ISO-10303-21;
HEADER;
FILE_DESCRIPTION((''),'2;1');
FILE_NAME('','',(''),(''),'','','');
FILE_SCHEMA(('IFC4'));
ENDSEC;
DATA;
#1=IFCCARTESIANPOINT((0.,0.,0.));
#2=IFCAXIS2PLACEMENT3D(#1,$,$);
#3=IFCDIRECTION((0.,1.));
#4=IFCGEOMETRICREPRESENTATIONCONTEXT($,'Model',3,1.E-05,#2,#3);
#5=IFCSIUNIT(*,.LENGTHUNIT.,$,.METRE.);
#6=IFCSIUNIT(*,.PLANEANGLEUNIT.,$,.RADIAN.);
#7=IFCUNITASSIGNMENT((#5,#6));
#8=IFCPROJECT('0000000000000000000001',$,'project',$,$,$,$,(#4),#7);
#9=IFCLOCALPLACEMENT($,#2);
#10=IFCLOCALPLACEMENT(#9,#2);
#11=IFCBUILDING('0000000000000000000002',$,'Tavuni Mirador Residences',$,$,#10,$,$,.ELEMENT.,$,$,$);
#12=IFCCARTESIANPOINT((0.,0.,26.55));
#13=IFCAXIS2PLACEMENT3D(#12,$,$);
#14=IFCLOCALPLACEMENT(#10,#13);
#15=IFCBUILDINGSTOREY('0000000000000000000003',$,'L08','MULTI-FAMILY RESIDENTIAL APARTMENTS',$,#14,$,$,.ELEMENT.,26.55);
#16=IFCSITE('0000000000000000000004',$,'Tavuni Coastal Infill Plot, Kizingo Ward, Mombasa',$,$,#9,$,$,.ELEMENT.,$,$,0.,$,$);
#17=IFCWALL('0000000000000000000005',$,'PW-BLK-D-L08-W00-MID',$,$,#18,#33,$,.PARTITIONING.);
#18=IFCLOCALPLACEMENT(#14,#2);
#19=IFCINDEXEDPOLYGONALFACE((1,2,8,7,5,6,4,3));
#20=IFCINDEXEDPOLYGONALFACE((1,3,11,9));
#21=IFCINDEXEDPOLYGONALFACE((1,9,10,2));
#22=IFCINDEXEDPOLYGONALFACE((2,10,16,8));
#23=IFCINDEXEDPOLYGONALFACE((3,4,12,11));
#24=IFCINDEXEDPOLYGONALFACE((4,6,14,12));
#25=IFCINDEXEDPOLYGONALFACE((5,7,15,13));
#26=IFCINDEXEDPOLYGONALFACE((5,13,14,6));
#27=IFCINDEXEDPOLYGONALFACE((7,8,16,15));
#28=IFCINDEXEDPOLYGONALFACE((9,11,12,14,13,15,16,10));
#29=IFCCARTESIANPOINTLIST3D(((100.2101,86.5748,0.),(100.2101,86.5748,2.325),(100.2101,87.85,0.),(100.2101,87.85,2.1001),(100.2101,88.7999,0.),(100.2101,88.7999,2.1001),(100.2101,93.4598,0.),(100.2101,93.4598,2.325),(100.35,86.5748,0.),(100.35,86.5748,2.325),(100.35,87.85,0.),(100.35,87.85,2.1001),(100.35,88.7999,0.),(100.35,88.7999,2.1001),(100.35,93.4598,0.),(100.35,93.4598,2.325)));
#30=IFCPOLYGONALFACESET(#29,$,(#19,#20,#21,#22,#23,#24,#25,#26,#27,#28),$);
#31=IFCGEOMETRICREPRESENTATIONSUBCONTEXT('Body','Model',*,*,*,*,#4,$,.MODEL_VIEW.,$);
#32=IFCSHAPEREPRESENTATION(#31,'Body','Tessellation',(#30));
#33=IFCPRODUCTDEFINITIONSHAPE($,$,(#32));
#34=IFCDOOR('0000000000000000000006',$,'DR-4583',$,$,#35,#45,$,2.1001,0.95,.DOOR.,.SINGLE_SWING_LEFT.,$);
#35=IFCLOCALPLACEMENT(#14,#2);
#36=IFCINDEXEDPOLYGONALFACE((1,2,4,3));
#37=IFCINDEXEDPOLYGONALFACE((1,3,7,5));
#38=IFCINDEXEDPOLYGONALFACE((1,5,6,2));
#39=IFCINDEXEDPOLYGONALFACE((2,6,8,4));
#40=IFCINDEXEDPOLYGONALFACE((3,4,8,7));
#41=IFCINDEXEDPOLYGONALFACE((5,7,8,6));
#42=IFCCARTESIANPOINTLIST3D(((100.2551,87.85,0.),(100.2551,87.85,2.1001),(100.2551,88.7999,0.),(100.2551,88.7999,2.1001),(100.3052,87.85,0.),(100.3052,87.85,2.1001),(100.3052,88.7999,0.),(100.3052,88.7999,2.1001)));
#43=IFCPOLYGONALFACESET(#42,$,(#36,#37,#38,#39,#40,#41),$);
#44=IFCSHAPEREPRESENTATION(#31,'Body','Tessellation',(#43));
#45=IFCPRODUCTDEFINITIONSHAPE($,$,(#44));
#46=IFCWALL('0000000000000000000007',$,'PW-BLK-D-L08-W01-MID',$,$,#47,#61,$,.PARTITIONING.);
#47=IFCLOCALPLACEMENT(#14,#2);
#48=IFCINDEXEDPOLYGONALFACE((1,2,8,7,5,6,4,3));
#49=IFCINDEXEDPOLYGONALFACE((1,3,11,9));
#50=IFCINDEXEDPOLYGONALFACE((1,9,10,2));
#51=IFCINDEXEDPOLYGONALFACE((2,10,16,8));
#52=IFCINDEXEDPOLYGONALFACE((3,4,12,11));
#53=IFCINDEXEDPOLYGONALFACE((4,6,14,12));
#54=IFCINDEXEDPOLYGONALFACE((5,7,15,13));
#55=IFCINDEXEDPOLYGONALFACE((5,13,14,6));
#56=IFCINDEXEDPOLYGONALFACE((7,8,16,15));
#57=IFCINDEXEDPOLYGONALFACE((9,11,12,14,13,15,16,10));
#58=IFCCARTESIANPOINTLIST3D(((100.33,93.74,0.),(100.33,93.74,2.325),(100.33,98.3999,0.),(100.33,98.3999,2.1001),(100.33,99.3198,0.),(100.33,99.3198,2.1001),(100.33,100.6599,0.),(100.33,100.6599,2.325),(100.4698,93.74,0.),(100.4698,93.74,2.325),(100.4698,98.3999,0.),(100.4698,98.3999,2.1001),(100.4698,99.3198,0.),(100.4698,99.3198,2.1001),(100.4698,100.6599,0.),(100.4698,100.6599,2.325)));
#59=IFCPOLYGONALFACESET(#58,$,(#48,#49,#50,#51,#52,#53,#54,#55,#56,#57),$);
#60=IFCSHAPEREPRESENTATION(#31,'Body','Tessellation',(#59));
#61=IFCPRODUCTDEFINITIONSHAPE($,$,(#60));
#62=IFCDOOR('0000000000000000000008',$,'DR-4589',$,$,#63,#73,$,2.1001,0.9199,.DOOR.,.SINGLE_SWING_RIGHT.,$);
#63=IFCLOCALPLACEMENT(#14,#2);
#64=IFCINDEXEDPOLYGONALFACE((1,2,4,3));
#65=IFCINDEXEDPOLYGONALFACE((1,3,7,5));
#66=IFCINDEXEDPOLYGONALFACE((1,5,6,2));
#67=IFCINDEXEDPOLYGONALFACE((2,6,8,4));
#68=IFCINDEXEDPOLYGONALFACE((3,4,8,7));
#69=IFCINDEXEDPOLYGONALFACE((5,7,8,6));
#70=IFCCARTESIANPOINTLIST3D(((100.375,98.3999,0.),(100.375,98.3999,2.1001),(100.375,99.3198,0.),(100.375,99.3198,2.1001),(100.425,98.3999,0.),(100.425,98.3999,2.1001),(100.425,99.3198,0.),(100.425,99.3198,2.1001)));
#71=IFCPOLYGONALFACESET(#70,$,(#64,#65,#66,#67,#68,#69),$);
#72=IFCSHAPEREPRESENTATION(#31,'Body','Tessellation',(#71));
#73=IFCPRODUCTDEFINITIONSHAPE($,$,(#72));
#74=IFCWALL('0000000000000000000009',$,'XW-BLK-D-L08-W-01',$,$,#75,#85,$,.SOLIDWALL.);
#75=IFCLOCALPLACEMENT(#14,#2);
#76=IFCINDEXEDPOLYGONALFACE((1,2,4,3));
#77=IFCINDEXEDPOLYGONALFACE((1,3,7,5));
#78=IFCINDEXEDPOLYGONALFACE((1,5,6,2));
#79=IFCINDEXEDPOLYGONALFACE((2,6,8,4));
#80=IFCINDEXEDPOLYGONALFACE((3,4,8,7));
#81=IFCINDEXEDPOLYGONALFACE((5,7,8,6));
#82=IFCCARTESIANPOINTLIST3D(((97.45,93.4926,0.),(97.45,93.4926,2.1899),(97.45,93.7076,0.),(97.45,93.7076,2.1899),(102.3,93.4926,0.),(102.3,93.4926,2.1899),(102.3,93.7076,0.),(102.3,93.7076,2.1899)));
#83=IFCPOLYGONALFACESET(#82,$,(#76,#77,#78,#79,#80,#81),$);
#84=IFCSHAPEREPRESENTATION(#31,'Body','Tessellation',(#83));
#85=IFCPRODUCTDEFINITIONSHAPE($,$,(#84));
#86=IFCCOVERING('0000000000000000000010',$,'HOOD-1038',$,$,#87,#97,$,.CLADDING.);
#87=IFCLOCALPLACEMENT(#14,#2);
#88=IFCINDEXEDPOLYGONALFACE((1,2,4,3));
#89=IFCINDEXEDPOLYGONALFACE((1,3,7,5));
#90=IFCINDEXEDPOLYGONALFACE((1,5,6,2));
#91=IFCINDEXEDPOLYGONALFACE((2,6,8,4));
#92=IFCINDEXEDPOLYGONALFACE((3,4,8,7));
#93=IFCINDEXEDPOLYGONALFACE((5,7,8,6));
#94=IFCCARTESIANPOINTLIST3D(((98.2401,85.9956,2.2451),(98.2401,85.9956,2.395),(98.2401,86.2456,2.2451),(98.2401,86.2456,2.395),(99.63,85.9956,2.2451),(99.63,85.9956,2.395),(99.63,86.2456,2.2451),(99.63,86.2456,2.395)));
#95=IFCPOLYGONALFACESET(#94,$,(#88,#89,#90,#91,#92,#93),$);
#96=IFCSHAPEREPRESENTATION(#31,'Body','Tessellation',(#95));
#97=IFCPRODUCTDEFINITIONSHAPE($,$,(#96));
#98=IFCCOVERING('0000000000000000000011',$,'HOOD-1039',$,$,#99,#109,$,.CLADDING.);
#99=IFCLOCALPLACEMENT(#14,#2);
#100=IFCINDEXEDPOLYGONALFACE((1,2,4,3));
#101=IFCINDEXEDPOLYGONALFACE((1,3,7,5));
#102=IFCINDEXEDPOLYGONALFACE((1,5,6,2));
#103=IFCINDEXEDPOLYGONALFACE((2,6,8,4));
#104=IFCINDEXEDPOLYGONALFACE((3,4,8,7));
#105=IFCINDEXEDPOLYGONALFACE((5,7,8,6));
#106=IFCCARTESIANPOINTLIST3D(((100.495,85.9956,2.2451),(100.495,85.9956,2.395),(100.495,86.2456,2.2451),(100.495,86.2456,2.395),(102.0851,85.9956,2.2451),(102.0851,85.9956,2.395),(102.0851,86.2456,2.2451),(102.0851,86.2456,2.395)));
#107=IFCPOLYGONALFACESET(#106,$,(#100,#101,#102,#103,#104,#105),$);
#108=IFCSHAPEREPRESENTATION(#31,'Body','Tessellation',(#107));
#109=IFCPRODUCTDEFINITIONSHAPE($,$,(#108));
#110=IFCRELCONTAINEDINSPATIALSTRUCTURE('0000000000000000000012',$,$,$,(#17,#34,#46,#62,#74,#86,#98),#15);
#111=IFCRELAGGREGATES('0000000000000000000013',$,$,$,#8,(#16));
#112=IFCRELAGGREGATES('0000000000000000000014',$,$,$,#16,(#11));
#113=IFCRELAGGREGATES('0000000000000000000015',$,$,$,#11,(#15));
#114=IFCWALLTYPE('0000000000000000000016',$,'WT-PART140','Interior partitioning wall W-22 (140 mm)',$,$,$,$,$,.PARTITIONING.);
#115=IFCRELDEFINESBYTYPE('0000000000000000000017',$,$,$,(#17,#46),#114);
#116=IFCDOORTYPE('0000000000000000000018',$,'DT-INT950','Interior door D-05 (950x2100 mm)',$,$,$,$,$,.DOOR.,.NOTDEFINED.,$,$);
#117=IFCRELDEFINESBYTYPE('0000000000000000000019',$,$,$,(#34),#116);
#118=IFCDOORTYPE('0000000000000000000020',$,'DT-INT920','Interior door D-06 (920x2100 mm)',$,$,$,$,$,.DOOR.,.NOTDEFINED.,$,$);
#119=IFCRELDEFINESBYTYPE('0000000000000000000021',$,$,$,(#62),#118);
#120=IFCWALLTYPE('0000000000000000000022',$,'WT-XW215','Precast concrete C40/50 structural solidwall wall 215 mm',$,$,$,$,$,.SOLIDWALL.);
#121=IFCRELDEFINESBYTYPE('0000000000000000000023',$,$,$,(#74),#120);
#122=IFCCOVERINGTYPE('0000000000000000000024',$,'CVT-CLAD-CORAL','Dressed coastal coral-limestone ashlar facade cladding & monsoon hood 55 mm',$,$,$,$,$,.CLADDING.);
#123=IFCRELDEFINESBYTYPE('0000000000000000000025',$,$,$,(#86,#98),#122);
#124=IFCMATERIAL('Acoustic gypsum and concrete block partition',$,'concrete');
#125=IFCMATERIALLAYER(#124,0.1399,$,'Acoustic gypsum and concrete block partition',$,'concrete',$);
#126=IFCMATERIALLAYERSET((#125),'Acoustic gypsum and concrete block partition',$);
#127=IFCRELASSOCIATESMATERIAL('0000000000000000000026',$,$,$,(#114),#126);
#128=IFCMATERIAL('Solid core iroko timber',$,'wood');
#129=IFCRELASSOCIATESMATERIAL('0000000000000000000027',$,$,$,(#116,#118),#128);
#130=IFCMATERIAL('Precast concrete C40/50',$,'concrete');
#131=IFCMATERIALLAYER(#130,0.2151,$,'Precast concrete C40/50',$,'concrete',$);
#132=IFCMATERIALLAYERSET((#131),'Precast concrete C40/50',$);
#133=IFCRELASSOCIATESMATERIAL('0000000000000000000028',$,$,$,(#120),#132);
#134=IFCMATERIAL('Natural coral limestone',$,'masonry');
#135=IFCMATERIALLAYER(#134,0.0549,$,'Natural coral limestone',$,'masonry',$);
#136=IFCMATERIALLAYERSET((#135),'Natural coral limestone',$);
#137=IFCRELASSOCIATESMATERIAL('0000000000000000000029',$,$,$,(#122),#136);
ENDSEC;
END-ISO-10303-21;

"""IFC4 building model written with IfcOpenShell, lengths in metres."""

from ifc_helpers import new_model, si_unit, direction, frame, frame_2d, origin, origin_2d, place, context, subcontext, project, spatial, rectangle, extrude, material, layer, layer_set, type_object, element, fill, save


model = new_model("IFC4")

# Units and contexts
model_context = context("Model", 3, precision=1e-05, world=origin(), true_north=direction((0.0, 1.0)))
body_context = subcontext(model_context, "Body", "Model", "MODEL_VIEW")
ifc_project = project(units=[si_unit("LENGTHUNIT", "METRE"), si_unit("PLANEANGLEUNIT", "RADIAN")], contexts=[model_context])

# Site, building, storey
site_placement = place(None, origin())
site = spatial("IfcSite", under=ifc_project, at=site_placement, Name="Tavuni Coastal Infill Plot, Kizingo Ward, Mombasa", CompositionType="ELEMENT", RefElevation=0.0)
building_placement = place(site_placement, origin())
building = spatial("IfcBuilding", under=site, at=building_placement, Name="Tavuni Mirador Residences", CompositionType="ELEMENT")
storey_placement = place(building_placement, frame((0.0, 0.0, 26.55)))
storey = spatial("IfcBuildingStorey", under=building, at=storey_placement, Name="L08", Description="MULTI-FAMILY RESIDENTIAL APARTMENTS", CompositionType="ELEMENT", Elevation=26.55)

# Shared definitions
ifc_material_1 = material(Name="Precast concrete C40/50", Category="concrete")

# Shared definitions
ifc_material_2 = material(Name="Solid core iroko timber", Category="wood")

# Walls, openings, doors
ifc_material_3 = material(Name="Acoustic gypsum and concrete block partition", Category="concrete")
ifc_layer_1 = layer(ifc_material_3, 0.1399, Name="Acoustic gypsum and concrete block partition", Category="concrete")
ifc_layer_set_1 = layer_set([ifc_layer_1], Name="Acoustic gypsum and concrete block partition")
wall_type_1 = type_object("IfcWallType", Name="WT-PART140", Description="Interior partitioning wall W-22 (140 mm)", PredefinedType="PARTITIONING", material=ifc_layer_set_1)
wall_1_placement = place(storey_placement, frame((100.28, 86.575, 0.0), z_axis=(0.0, 0.0, 1.0), x_axis=(0.0, 1.0, 0.0)))
wall_1 = element("IfcWall", 1, at=wall_1_placement, inside=storey, type_object=wall_type_1, Name="PW-BLK-D-L08-W00-MID", PredefinedType="PARTITIONING", context=body_context, shape_type="SweptSolid", body=[
    extrude(rectangle(XDim=6.885, YDim=0.1399, at=frame_2d((3.4424, 0.0))), origin(), (0.0, 0.0, 1.0), 2.325),
])
opening_1_placement = place(wall_1_placement, frame((1.2749, 0.0, 0.0)))
opening_1 = element("IfcOpeningElement", 2, at=opening_1_placement, cuts=wall_1, PredefinedType="OPENING", context=body_context, shape_type="SweptSolid", body=[
    extrude(rectangle(XDim=0.95, YDim=2.1001, at=frame_2d((0.4751, 1.05))), frame((0.0, 0.0801, 0.0), z_axis=(0.0, -1.0, 0.0), x_axis=(1.0, 0.0, 0.0)), (0.0, 0.0, 1.0), 0.1599),
])
door_type_1 = type_object("IfcDoorType", Name="DT-INT950", Description="Interior door D-05 (950x2100 mm)", OperationType="NOTDEFINED", PredefinedType="DOOR", material=ifc_material_2)
door_1_placement = place(opening_1_placement, origin())
door_1 = element("IfcDoor", 3, at=door_1_placement, inside=storey, type_object=door_type_1, Name="DR-4583", OperationType="SINGLE_SWING_LEFT", OverallHeight=2.1001, OverallWidth=0.95, PredefinedType="DOOR", context=body_context, shape_type="SweptSolid", body=[
    extrude(rectangle(XDim=0.95, YDim=2.1001, at=frame_2d((0.4751, 1.05))), frame((0.0, 0.0249, 0.0), z_axis=(0.0, -1.0, 0.0), x_axis=(1.0, 0.0, 0.0)), (0.0, 0.0, 1.0), 0.05),
])
fill(opening_1, door_1)
wall_2_placement = place(storey_placement, frame((100.3999, 93.74, 0.0), z_axis=(0.0, 0.0, 1.0), x_axis=(0.0, 1.0, 0.0)))
wall_2 = element("IfcWall", 4, at=wall_2_placement, inside=storey, type_object=wall_type_1, Name="PW-BLK-D-L08-W01-MID", PredefinedType="PARTITIONING", context=body_context, shape_type="SweptSolid", body=[
    extrude(rectangle(XDim=6.9199, YDim=0.1399, at=frame_2d((3.46, 0.0))), origin(), (0.0, 0.0, 1.0), 2.325),
])
opening_2_placement = place(wall_2_placement, frame((4.6599, 0.0, 0.0)))
opening_2 = element("IfcOpeningElement", 5, at=opening_2_placement, cuts=wall_2, PredefinedType="OPENING", context=body_context, shape_type="SweptSolid", body=[
    extrude(rectangle(XDim=0.9199, YDim=2.1001, at=frame_2d((0.46, 1.05))), frame((0.0, 0.0801, 0.0), z_axis=(0.0, -1.0, 0.0), x_axis=(1.0, 0.0, 0.0)), (0.0, 0.0, 1.0), 0.1599),
])
door_type_2 = type_object("IfcDoorType", Name="DT-INT920", Description="Interior door D-06 (920x2100 mm)", OperationType="NOTDEFINED", PredefinedType="DOOR", material=ifc_material_2)
door_2_placement = place(opening_2_placement, origin())
door_2 = element("IfcDoor", 6, at=door_2_placement, inside=storey, type_object=door_type_2, Name="DR-4589", OperationType="SINGLE_SWING_RIGHT", OverallHeight=2.1001, OverallWidth=0.9199, PredefinedType="DOOR", context=body_context, shape_type="SweptSolid", body=[
    extrude(rectangle(XDim=0.9199, YDim=2.1001, at=frame_2d((0.46, 1.05))), frame((0.0, 0.0249, 0.0), z_axis=(0.0, -1.0, 0.0), x_axis=(1.0, 0.0, 0.0)), (0.0, 0.0, 1.0), 0.05),
])
fill(opening_2, door_2)

# Wall
ifc_layer_2 = layer(ifc_material_1, 0.2151, Name="Precast concrete C40/50", Category="concrete")
ifc_layer_set_2 = layer_set([ifc_layer_2], Name="Precast concrete C40/50")
wall_type_2 = type_object("IfcWallType", Name="WT-XW215", Description="Precast concrete C40/50 structural solidwall wall 215 mm", PredefinedType="SOLIDWALL", material=ifc_layer_set_2)
wall_3_placement = place(storey_placement, frame((97.45, 93.6001, 0.0), z_axis=(0.0, 0.0, 1.0), x_axis=(1.0, 0.0, 0.0)))
element("IfcWall", 7, at=wall_3_placement, inside=storey, type_object=wall_type_2, Name="XW-BLK-D-L08-W-01", PredefinedType="SOLIDWALL", context=body_context, shape_type="SweptSolid", body=[
    extrude(rectangle(XDim=4.8501, YDim=0.2151, at=frame_2d((2.425, 0.0))), origin(), (0.0, 0.0, 1.0), 2.1899),
])

# Coverings
ifc_material_4 = material(Name="Natural coral limestone", Category="masonry")
ifc_layer_3 = layer(ifc_material_4, 0.0549, Name="Natural coral limestone", Category="masonry")
ifc_layer_set_3 = layer_set([ifc_layer_3], Name="Natural coral limestone")
covering_type = type_object("IfcCoveringType", Name="CVT-CLAD-CORAL", Description="Dressed coastal coral-limestone ashlar facade cladding & monsoon hood 55 mm", PredefinedType="CLADDING", material=ifc_layer_set_3)
covering_1_placement = place(storey_placement, frame((98.9351, 86.1206, 2.2451), z_axis=(0.0, 0.0, 1.0), x_axis=(1.0, 0.0, 0.0)))
element("IfcCovering", 8, at=covering_1_placement, inside=storey, type_object=covering_type, Name="HOOD-1038", PredefinedType="CLADDING", context=body_context, shape_type="SweptSolid", body=[
    extrude(rectangle(XDim=1.3899, YDim=0.25, at=origin_2d()), origin(), (0.0, 0.0, 1.0), 0.1499),
])
covering_2_placement = place(storey_placement, frame((101.29, 86.1206, 2.2451), z_axis=(0.0, 0.0, 1.0), x_axis=(1.0, 0.0, 0.0)))
element("IfcCovering", 9, at=covering_2_placement, inside=storey, type_object=covering_type, Name="HOOD-1039", PredefinedType="CLADDING", context=body_context, shape_type="SweptSolid", body=[
    extrude(rectangle(XDim=1.5901, YDim=0.25, at=origin_2d()), origin(), (0.0, 0.0, 1.0), 0.1499),
])

save(model, "model.ifc")
